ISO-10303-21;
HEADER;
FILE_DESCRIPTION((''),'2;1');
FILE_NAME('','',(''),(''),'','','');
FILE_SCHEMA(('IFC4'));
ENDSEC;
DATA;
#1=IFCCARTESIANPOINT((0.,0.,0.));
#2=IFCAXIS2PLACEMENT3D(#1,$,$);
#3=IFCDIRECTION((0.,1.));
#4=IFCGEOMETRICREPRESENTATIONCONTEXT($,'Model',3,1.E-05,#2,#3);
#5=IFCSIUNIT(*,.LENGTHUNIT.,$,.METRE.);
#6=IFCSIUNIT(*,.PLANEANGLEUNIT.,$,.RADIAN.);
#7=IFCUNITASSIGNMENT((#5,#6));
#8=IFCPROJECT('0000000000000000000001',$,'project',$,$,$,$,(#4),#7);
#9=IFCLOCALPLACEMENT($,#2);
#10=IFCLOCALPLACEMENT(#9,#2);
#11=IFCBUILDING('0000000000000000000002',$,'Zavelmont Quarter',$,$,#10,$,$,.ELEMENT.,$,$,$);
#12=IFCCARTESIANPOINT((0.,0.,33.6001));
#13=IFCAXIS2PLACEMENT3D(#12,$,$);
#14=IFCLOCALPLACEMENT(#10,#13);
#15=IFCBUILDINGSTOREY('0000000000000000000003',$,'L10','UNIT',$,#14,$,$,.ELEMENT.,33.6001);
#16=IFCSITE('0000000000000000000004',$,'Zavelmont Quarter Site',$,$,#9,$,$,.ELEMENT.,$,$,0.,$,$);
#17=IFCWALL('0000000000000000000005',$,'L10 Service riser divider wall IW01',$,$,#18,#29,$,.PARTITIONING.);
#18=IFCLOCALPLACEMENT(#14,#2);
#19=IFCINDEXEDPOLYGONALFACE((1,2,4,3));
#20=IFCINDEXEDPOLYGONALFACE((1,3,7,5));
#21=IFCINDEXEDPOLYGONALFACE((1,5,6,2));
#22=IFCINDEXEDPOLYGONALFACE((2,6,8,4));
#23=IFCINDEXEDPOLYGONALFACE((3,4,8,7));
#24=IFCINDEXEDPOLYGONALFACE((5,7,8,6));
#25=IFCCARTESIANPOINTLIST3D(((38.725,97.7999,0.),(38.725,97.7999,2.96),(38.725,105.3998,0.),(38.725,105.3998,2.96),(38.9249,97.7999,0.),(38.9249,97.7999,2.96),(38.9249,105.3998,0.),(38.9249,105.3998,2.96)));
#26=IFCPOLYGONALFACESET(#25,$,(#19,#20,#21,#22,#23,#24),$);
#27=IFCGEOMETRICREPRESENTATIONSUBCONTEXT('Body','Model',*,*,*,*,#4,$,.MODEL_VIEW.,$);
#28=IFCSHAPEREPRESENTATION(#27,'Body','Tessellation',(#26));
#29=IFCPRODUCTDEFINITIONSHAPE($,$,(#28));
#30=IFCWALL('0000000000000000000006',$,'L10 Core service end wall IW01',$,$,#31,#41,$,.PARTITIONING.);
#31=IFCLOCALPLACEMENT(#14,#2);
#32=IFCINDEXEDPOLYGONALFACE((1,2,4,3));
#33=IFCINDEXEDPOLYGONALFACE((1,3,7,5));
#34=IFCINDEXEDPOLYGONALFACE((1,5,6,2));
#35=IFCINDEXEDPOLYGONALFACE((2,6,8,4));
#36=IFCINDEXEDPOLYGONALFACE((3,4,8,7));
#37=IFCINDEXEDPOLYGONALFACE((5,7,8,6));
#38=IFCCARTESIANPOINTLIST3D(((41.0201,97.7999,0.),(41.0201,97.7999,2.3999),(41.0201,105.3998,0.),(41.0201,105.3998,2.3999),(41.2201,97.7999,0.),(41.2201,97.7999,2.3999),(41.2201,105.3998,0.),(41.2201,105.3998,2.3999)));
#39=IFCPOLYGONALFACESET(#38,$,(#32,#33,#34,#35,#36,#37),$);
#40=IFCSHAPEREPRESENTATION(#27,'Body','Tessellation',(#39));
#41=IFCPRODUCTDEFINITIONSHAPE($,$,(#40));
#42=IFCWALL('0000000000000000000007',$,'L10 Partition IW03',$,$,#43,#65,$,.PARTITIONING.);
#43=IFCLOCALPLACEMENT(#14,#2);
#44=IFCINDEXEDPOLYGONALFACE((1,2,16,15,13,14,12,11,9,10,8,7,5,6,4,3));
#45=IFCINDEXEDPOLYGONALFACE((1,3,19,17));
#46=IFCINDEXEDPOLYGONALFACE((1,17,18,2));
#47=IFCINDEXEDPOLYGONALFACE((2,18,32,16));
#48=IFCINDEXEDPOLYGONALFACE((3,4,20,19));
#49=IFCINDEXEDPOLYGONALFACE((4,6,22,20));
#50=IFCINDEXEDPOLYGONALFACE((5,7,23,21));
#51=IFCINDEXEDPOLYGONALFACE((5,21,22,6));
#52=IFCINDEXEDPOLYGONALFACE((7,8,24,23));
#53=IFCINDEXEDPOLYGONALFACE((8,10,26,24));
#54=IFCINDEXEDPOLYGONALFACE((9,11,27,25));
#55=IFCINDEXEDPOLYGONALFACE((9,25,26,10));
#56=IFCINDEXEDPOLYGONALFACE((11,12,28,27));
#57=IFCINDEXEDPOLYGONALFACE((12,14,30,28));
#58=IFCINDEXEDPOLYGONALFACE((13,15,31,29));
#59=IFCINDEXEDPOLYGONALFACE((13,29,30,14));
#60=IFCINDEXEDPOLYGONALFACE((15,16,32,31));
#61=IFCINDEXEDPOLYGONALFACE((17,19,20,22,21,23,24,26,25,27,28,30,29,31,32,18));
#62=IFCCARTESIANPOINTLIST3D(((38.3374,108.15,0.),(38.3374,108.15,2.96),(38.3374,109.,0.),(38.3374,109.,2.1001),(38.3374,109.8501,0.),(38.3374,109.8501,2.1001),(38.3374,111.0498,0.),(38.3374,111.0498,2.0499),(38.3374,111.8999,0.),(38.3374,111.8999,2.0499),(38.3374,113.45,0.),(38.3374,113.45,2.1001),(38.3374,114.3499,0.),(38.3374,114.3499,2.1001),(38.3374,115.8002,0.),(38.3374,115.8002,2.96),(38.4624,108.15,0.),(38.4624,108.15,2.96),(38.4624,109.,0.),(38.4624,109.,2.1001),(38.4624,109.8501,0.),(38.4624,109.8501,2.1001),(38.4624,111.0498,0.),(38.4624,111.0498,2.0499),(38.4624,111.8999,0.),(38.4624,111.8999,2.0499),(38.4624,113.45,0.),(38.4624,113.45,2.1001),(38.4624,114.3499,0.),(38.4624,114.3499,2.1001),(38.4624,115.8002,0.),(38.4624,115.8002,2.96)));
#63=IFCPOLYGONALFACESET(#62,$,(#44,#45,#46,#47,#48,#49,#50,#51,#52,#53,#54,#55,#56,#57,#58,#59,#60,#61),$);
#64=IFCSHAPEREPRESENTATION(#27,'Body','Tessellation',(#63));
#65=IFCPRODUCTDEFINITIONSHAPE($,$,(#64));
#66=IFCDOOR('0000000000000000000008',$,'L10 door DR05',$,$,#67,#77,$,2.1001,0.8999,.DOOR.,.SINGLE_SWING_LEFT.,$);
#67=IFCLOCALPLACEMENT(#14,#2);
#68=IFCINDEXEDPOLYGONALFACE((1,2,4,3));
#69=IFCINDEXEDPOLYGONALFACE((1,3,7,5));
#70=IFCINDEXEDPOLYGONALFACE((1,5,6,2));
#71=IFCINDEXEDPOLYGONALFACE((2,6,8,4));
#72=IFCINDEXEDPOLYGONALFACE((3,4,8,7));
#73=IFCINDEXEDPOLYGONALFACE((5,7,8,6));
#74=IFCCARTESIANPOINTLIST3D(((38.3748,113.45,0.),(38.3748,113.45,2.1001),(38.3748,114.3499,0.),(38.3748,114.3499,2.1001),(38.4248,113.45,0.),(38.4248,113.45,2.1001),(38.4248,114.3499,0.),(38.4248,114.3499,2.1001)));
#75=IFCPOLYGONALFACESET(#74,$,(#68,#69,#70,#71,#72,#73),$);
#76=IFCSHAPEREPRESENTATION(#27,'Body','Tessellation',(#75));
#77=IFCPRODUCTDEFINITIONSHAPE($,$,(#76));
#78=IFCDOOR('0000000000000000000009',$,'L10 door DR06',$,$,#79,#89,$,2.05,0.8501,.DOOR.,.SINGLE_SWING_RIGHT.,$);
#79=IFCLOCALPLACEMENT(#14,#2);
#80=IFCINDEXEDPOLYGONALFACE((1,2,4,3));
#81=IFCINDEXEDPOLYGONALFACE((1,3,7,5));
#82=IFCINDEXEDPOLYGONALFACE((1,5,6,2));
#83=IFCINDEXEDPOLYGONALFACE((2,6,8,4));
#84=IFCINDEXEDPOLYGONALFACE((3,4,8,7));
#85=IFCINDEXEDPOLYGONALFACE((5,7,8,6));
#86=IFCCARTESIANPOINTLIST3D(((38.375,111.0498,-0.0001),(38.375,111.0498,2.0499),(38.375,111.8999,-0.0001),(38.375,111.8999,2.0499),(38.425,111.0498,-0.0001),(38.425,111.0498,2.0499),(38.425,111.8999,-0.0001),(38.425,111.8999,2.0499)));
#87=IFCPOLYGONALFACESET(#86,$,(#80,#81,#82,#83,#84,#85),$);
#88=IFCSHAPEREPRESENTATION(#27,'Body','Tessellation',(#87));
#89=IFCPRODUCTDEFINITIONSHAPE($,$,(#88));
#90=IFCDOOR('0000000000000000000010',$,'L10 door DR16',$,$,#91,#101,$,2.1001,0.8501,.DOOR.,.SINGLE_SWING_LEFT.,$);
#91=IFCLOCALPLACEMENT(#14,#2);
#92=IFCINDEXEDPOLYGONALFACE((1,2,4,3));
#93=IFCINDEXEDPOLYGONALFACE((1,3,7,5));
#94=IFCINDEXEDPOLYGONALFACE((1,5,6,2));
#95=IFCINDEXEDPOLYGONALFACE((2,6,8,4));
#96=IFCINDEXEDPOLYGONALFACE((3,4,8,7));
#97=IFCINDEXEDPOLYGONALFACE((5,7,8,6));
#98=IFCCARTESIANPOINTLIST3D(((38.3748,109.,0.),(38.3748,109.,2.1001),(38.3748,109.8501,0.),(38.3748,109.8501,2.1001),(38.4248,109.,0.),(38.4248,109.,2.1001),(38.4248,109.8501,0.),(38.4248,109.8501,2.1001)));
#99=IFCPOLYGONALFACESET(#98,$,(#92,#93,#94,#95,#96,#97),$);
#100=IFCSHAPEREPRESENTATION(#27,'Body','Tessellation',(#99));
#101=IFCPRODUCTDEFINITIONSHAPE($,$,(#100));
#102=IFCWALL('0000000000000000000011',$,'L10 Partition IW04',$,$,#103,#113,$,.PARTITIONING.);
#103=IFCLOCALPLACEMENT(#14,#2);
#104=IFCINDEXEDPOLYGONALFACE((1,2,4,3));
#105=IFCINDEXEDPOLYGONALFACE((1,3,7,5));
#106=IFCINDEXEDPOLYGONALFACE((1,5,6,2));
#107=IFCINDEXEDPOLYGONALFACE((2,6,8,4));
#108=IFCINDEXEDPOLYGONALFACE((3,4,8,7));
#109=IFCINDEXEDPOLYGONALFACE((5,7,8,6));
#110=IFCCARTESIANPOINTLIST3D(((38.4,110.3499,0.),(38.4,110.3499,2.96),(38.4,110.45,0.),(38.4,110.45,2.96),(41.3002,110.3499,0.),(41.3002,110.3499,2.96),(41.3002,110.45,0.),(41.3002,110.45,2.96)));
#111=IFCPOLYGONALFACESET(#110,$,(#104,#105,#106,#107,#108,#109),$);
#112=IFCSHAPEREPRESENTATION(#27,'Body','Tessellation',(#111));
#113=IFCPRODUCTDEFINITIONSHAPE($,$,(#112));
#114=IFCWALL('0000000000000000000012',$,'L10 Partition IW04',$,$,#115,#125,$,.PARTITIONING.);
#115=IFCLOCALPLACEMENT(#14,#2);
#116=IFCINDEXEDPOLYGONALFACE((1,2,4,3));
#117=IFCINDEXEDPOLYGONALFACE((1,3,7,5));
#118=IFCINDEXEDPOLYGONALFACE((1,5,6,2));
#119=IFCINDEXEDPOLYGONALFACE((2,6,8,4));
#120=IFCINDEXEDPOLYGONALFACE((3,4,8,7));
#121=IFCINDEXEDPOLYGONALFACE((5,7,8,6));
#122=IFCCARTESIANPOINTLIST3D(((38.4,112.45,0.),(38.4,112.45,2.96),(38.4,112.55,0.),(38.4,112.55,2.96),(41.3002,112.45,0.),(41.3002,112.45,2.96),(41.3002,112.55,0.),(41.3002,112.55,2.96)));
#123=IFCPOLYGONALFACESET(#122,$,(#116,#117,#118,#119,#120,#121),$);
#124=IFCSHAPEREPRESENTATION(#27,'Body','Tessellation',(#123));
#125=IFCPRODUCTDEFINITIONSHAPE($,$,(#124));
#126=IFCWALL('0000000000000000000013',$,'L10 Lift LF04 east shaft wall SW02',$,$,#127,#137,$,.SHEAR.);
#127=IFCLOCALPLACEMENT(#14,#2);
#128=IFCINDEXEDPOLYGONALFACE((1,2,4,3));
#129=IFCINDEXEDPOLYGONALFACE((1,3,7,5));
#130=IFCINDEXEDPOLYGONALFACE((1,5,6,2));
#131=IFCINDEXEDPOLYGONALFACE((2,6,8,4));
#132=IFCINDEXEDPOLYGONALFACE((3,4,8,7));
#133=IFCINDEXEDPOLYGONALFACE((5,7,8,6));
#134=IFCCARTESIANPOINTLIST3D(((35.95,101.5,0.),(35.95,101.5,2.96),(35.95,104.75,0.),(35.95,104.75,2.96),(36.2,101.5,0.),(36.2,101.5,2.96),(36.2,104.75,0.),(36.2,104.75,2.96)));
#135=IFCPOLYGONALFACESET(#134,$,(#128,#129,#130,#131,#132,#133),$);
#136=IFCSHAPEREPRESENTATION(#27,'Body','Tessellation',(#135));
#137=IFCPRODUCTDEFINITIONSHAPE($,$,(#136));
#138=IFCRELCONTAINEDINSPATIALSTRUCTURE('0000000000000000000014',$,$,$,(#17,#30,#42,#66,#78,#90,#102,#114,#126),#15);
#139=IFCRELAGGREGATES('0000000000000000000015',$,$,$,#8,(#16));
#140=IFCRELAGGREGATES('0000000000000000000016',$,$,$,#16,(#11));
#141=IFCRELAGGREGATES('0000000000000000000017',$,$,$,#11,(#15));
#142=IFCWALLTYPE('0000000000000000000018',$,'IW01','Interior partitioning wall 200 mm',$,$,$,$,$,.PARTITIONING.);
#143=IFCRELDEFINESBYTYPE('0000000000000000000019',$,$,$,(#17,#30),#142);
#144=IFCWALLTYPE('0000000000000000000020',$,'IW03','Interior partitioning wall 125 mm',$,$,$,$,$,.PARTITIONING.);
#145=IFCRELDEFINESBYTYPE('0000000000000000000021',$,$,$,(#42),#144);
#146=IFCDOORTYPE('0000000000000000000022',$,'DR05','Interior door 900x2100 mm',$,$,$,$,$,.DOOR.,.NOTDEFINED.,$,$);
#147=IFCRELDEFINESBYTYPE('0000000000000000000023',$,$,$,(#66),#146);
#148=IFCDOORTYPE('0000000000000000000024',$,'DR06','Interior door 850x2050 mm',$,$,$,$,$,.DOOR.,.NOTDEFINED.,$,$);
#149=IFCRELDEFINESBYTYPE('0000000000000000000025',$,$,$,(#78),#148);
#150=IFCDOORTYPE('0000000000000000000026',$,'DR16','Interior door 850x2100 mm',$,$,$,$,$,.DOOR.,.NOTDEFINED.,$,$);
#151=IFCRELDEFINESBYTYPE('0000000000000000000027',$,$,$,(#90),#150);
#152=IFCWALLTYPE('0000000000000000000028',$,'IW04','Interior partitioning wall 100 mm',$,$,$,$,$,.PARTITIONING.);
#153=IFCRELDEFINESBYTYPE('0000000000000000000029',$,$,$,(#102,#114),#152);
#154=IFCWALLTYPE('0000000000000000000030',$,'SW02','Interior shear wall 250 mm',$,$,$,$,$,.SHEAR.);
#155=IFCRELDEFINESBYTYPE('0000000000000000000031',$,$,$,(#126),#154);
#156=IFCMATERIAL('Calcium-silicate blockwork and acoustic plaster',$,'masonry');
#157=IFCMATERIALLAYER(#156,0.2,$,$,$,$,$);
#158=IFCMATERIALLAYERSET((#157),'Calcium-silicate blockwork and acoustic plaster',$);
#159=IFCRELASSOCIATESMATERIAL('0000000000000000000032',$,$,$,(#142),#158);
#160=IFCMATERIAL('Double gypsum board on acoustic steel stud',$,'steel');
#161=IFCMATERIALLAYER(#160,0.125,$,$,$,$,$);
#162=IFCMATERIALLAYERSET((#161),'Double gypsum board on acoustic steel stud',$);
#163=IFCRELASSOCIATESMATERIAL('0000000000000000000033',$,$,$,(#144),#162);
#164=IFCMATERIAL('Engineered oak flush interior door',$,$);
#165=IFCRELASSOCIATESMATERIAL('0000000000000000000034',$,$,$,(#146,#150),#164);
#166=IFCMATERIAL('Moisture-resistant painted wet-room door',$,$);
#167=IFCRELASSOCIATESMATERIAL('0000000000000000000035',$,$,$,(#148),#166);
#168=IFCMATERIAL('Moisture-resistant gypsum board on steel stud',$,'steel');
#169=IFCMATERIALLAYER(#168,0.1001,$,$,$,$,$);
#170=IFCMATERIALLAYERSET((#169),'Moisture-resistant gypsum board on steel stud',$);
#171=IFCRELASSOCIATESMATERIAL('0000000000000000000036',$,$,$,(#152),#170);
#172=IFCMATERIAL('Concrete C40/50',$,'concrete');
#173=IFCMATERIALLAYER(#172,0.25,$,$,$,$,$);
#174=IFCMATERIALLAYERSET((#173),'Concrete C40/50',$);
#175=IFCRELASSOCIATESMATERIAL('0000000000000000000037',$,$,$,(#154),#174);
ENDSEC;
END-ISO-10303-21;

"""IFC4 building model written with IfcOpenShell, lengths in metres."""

from ifc_helpers import new_model, si_unit, direction, frame, frame_2d, origin, origin_with_axes, place, context, subcontext, project, spatial, rectangle, extrude, material, layer, layer_set, type_object, element, fill, save


model = new_model("IFC4")

# Units and contexts
model_context = context("Model", 3, precision=1e-05, world=origin(), true_north=direction((0.0, 1.0)))
body_context = subcontext(model_context, "Body", "Model", "MODEL_VIEW")
ifc_project = project(units=[si_unit("LENGTHUNIT", "METRE"), si_unit("PLANEANGLEUNIT", "RADIAN")], contexts=[model_context])

# Site, building, storey
site_placement = place(None, origin())
site = spatial("IfcSite", under=ifc_project, at=site_placement, Name="Zavelmont Quarter Site", CompositionType="ELEMENT", RefElevation=0.0)
building_placement = place(site_placement, origin())
building = spatial("IfcBuilding", under=site, at=building_placement, Name="Zavelmont Quarter", CompositionType="ELEMENT")
storey_placement = place(building_placement, frame((0.0, 0.0, 33.6001)))
storey = spatial("IfcBuildingStorey", under=building, at=storey_placement, Name="L10", Description="UNIT", CompositionType="ELEMENT", Elevation=33.6001)

# Shared definitions
ifc_material_1 = material(Name="Concrete C40/50", Category="concrete")

# Walls
ifc_material_2 = material(Name="Calcium-silicate blockwork and acoustic plaster", Category="masonry")
ifc_layer_1 = layer(ifc_material_2, 0.2)
ifc_layer_set_1 = layer_set([ifc_layer_1], Name="Calcium-silicate blockwork and acoustic plaster")
wall_type_1 = type_object("IfcWallType", Name="IW01", Description="Interior partitioning wall 200 mm", PredefinedType="PARTITIONING", material=ifc_layer_set_1)
wall_1_placement = place(storey_placement, frame((38.825, 97.8, 0.0), z_axis=(0.0, 0.0, 1.0), x_axis=(0.0, 1.0, 0.0)))
element("IfcWall", 1, at=wall_1_placement, inside=storey, type_object=wall_type_1, Name="L10 Service riser divider wall IW01", PredefinedType="PARTITIONING", context=body_context, shape_type="SweptSolid", body=[
    extrude(rectangle(XDim=7.5999, YDim=0.2, at=frame_2d((3.7998, 0.0))), origin(), (0.0, 0.0, 1.0), 2.96),
])
wall_2_placement = place(storey_placement, frame((41.1201, 97.8, 0.0), z_axis=(0.0, 0.0, 1.0), x_axis=(0.0, 1.0, 0.0)))
element("IfcWall", 2, at=wall_2_placement, inside=storey, type_object=wall_type_1, Name="L10 Core service end wall IW01", PredefinedType="PARTITIONING", context=body_context, shape_type="SweptSolid", body=[
    extrude(rectangle(XDim=7.5999, YDim=0.2, at=frame_2d((3.7998, 0.0))), origin(), (0.0, 0.0, 1.0), 2.3999),
])

# Wall, openings, doors
ifc_material_3 = material(Name="Double gypsum board on acoustic steel stud", Category="steel")
ifc_layer_2 = layer(ifc_material_3, 0.125)
ifc_layer_set_2 = layer_set([ifc_layer_2], Name="Double gypsum board on acoustic steel stud")
wall_type_2 = type_object("IfcWallType", Name="IW03", Description="Interior partitioning wall 125 mm", PredefinedType="PARTITIONING", material=ifc_layer_set_2)
wall_3_placement = place(storey_placement, frame((38.3999, 108.1499, 0.0), z_axis=(0.0, 0.0, 1.0), x_axis=(0.0, 1.0, 0.0)))
wall_3 = element("IfcWall", 3, at=wall_3_placement, inside=storey, type_object=wall_type_2, Name="L10 Partition IW03", PredefinedType="PARTITIONING", context=body_context, shape_type="SweptSolid", body=[
    extrude(rectangle(XDim=7.6501, YDim=0.125, at=frame_2d((3.8252, 0.0))), origin(), (0.0, 0.0, 1.0), 2.96),
])
opening_1_placement = place(wall_3_placement, frame((0.8501, 0.0, 0.0)))
opening_1 = element("IfcOpeningElement", 4, at=opening_1_placement, cuts=wall_3, PredefinedType="OPENING", context=body_context, shape_type="SweptSolid", body=[
    extrude(rectangle(XDim=0.8501, YDim=2.1001, at=frame_2d((0.425, 1.05))), frame((0.0, 0.0745, 0.0), z_axis=(0.0, -1.0, 0.0), x_axis=(1.0, 0.0, 0.0)), (0.0, 0.0, 1.0), 0.1489),
])
opening_2_placement = place(wall_3_placement, frame((2.8999, 0.0, 0.0)))
opening_2 = element("IfcOpeningElement", 5, at=opening_2_placement, cuts=wall_3, PredefinedType="OPENING", context=body_context, shape_type="SweptSolid", body=[
    extrude(rectangle(XDim=0.8501, YDim=2.05, at=frame_2d((0.425, 1.0249))), frame((0.0, 0.0745, 0.0), z_axis=(0.0, -1.0, 0.0), x_axis=(1.0, 0.0, 0.0)), (0.0, 0.0, 1.0), 0.1489),
])
opening_3_placement = place(wall_3_placement, frame((5.3, 0.0, 0.0)))
opening_3 = element("IfcOpeningElement", 6, at=opening_3_placement, cuts=wall_3, PredefinedType="OPENING", context=body_context, shape_type="SweptSolid", body=[
    extrude(rectangle(XDim=0.8999, YDim=2.1001, at=frame_2d((0.45, 1.05))), frame((0.0, 0.0745, 0.0), z_axis=(0.0, -1.0, 0.0), x_axis=(1.0, 0.0, 0.0)), (0.0, 0.0, 1.0), 0.1489),
])
ifc_material_4 = material(Name="Engineered oak flush interior door")
door_type_1 = type_object("IfcDoorType", Name="DR05", Description="Interior door 900x2100 mm", OperationType="NOTDEFINED", PredefinedType="DOOR", material=ifc_material_4)
door_1_placement = place(opening_3_placement, frame((0.8999, 0.0, 0.0), z_axis=(0.0, 0.0, 1.0), x_axis=(-1.0, 0.0, 0.0)))
door_1 = element("IfcDoor", 7, at=door_1_placement, inside=storey, type_object=door_type_1, Name="L10 door DR05", OperationType="SINGLE_SWING_LEFT", OverallHeight=2.1001, OverallWidth=0.8999, PredefinedType="DOOR", context=body_context, shape_type="SweptSolid", body=[
    extrude(rectangle(XDim=0.8999, YDim=2.1001, at=frame_2d((0.45, 1.05))), frame((0.0, 0.0249, 0.0), z_axis=(0.0, -1.0, 0.0), x_axis=(1.0, 0.0, 0.0)), (0.0, 0.0, 1.0), 0.05),
])
fill(opening_3, door_1)
ifc_material_5 = material(Name="Moisture-resistant painted wet-room door")
door_type_2 = type_object("IfcDoorType", Name="DR06", Description="Interior door 850x2050 mm", OperationType="NOTDEFINED", PredefinedType="DOOR", material=ifc_material_5)
door_2_placement = place(opening_2_placement, origin_with_axes())
door_2 = element("IfcDoor", 8, at=door_2_placement, inside=storey, type_object=door_type_2, Name="L10 door DR06", OperationType="SINGLE_SWING_RIGHT", OverallHeight=2.05, OverallWidth=0.8501, PredefinedType="DOOR", context=body_context, shape_type="SweptSolid", body=[
    extrude(rectangle(XDim=0.8501, YDim=2.05, at=frame_2d((0.425, 1.0249))), frame((0.0, 0.0249, 0.0), z_axis=(0.0, -1.0, 0.0), x_axis=(1.0, 0.0, 0.0)), (0.0, 0.0, 1.0), 0.05),
])
fill(opening_2, door_2)
door_type_3 = type_object("IfcDoorType", Name="DR16", Description="Interior door 850x2100 mm", OperationType="NOTDEFINED", PredefinedType="DOOR", material=ifc_material_4)
door_3_placement = place(opening_1_placement, frame((0.8501, 0.0, 0.0), z_axis=(0.0, 0.0, 1.0), x_axis=(-1.0, 0.0, 0.0)))
door_3 = element("IfcDoor", 9, at=door_3_placement, inside=storey, type_object=door_type_3, Name="L10 door DR16", OperationType="SINGLE_SWING_LEFT", OverallHeight=2.1001, OverallWidth=0.8501, PredefinedType="DOOR", context=body_context, shape_type="SweptSolid", body=[
    extrude(rectangle(XDim=0.8501, YDim=2.1001, at=frame_2d((0.425, 1.05))), frame((0.0, 0.0249, 0.0), z_axis=(0.0, -1.0, 0.0), x_axis=(1.0, 0.0, 0.0)), (0.0, 0.0, 1.0), 0.05),
])
fill(opening_1, door_3)

# Walls
ifc_material_6 = material(Name="Moisture-resistant gypsum board on steel stud", Category="steel")
ifc_layer_3 = layer(ifc_material_6, 0.1001)
ifc_layer_set_3 = layer_set([ifc_layer_3], Name="Moisture-resistant gypsum board on steel stud")
wall_type_3 = type_object("IfcWallType", Name="IW04", Description="Interior partitioning wall 100 mm", PredefinedType="PARTITIONING", material=ifc_layer_set_3)
for number, where, z_axis, x_axis, name in (
    (10, (38.3999, 110.3999, 0.0), (0.0, 0.0, 1.0), (1.0, 0.0, 0.0), "L10 Partition IW04"),
    (11, (38.3999, 112.5, 0.0), (0.0, 0.0, 1.0), (1.0, 0.0, 0.0), "L10 Partition IW04"),
):
    element("IfcWall", number, at=place(storey_placement, frame(where, z_axis=z_axis, x_axis=x_axis)), inside=storey, type_object=wall_type_3, Name=name, PredefinedType="PARTITIONING", context=body_context, shape_type="SweptSolid", body=[
        extrude(rectangle(XDim=2.9001, YDim=0.1001, at=frame_2d((1.4502, 0.0))), origin(), (0.0, 0.0, 1.0), 2.96),
    ])
ifc_layer_4 = layer(ifc_material_1, 0.25)
ifc_layer_set_4 = layer_set([ifc_layer_4], Name="Concrete C40/50")
wall_type_4 = type_object("IfcWallType", Name="SW02", Description="Interior shear wall 250 mm", PredefinedType="SHEAR", material=ifc_layer_set_4)
wall_4_placement = place(storey_placement, frame((36.075, 101.5, 0.0), z_axis=(0.0, 0.0, 1.0), x_axis=(0.0, 1.0, 0.0)))
element("IfcWall", 12, at=wall_4_placement, inside=storey, type_object=wall_type_4, Name="L10 Lift LF04 east shaft wall SW02", PredefinedType="SHEAR", context=body_context, shape_type="SweptSolid", body=[
    extrude(rectangle(XDim=3.25, YDim=0.25, at=frame_2d((1.625, 0.0))), origin(), (0.0, 0.0, 1.0), 2.96),
])

save(model, "model.ifc")
